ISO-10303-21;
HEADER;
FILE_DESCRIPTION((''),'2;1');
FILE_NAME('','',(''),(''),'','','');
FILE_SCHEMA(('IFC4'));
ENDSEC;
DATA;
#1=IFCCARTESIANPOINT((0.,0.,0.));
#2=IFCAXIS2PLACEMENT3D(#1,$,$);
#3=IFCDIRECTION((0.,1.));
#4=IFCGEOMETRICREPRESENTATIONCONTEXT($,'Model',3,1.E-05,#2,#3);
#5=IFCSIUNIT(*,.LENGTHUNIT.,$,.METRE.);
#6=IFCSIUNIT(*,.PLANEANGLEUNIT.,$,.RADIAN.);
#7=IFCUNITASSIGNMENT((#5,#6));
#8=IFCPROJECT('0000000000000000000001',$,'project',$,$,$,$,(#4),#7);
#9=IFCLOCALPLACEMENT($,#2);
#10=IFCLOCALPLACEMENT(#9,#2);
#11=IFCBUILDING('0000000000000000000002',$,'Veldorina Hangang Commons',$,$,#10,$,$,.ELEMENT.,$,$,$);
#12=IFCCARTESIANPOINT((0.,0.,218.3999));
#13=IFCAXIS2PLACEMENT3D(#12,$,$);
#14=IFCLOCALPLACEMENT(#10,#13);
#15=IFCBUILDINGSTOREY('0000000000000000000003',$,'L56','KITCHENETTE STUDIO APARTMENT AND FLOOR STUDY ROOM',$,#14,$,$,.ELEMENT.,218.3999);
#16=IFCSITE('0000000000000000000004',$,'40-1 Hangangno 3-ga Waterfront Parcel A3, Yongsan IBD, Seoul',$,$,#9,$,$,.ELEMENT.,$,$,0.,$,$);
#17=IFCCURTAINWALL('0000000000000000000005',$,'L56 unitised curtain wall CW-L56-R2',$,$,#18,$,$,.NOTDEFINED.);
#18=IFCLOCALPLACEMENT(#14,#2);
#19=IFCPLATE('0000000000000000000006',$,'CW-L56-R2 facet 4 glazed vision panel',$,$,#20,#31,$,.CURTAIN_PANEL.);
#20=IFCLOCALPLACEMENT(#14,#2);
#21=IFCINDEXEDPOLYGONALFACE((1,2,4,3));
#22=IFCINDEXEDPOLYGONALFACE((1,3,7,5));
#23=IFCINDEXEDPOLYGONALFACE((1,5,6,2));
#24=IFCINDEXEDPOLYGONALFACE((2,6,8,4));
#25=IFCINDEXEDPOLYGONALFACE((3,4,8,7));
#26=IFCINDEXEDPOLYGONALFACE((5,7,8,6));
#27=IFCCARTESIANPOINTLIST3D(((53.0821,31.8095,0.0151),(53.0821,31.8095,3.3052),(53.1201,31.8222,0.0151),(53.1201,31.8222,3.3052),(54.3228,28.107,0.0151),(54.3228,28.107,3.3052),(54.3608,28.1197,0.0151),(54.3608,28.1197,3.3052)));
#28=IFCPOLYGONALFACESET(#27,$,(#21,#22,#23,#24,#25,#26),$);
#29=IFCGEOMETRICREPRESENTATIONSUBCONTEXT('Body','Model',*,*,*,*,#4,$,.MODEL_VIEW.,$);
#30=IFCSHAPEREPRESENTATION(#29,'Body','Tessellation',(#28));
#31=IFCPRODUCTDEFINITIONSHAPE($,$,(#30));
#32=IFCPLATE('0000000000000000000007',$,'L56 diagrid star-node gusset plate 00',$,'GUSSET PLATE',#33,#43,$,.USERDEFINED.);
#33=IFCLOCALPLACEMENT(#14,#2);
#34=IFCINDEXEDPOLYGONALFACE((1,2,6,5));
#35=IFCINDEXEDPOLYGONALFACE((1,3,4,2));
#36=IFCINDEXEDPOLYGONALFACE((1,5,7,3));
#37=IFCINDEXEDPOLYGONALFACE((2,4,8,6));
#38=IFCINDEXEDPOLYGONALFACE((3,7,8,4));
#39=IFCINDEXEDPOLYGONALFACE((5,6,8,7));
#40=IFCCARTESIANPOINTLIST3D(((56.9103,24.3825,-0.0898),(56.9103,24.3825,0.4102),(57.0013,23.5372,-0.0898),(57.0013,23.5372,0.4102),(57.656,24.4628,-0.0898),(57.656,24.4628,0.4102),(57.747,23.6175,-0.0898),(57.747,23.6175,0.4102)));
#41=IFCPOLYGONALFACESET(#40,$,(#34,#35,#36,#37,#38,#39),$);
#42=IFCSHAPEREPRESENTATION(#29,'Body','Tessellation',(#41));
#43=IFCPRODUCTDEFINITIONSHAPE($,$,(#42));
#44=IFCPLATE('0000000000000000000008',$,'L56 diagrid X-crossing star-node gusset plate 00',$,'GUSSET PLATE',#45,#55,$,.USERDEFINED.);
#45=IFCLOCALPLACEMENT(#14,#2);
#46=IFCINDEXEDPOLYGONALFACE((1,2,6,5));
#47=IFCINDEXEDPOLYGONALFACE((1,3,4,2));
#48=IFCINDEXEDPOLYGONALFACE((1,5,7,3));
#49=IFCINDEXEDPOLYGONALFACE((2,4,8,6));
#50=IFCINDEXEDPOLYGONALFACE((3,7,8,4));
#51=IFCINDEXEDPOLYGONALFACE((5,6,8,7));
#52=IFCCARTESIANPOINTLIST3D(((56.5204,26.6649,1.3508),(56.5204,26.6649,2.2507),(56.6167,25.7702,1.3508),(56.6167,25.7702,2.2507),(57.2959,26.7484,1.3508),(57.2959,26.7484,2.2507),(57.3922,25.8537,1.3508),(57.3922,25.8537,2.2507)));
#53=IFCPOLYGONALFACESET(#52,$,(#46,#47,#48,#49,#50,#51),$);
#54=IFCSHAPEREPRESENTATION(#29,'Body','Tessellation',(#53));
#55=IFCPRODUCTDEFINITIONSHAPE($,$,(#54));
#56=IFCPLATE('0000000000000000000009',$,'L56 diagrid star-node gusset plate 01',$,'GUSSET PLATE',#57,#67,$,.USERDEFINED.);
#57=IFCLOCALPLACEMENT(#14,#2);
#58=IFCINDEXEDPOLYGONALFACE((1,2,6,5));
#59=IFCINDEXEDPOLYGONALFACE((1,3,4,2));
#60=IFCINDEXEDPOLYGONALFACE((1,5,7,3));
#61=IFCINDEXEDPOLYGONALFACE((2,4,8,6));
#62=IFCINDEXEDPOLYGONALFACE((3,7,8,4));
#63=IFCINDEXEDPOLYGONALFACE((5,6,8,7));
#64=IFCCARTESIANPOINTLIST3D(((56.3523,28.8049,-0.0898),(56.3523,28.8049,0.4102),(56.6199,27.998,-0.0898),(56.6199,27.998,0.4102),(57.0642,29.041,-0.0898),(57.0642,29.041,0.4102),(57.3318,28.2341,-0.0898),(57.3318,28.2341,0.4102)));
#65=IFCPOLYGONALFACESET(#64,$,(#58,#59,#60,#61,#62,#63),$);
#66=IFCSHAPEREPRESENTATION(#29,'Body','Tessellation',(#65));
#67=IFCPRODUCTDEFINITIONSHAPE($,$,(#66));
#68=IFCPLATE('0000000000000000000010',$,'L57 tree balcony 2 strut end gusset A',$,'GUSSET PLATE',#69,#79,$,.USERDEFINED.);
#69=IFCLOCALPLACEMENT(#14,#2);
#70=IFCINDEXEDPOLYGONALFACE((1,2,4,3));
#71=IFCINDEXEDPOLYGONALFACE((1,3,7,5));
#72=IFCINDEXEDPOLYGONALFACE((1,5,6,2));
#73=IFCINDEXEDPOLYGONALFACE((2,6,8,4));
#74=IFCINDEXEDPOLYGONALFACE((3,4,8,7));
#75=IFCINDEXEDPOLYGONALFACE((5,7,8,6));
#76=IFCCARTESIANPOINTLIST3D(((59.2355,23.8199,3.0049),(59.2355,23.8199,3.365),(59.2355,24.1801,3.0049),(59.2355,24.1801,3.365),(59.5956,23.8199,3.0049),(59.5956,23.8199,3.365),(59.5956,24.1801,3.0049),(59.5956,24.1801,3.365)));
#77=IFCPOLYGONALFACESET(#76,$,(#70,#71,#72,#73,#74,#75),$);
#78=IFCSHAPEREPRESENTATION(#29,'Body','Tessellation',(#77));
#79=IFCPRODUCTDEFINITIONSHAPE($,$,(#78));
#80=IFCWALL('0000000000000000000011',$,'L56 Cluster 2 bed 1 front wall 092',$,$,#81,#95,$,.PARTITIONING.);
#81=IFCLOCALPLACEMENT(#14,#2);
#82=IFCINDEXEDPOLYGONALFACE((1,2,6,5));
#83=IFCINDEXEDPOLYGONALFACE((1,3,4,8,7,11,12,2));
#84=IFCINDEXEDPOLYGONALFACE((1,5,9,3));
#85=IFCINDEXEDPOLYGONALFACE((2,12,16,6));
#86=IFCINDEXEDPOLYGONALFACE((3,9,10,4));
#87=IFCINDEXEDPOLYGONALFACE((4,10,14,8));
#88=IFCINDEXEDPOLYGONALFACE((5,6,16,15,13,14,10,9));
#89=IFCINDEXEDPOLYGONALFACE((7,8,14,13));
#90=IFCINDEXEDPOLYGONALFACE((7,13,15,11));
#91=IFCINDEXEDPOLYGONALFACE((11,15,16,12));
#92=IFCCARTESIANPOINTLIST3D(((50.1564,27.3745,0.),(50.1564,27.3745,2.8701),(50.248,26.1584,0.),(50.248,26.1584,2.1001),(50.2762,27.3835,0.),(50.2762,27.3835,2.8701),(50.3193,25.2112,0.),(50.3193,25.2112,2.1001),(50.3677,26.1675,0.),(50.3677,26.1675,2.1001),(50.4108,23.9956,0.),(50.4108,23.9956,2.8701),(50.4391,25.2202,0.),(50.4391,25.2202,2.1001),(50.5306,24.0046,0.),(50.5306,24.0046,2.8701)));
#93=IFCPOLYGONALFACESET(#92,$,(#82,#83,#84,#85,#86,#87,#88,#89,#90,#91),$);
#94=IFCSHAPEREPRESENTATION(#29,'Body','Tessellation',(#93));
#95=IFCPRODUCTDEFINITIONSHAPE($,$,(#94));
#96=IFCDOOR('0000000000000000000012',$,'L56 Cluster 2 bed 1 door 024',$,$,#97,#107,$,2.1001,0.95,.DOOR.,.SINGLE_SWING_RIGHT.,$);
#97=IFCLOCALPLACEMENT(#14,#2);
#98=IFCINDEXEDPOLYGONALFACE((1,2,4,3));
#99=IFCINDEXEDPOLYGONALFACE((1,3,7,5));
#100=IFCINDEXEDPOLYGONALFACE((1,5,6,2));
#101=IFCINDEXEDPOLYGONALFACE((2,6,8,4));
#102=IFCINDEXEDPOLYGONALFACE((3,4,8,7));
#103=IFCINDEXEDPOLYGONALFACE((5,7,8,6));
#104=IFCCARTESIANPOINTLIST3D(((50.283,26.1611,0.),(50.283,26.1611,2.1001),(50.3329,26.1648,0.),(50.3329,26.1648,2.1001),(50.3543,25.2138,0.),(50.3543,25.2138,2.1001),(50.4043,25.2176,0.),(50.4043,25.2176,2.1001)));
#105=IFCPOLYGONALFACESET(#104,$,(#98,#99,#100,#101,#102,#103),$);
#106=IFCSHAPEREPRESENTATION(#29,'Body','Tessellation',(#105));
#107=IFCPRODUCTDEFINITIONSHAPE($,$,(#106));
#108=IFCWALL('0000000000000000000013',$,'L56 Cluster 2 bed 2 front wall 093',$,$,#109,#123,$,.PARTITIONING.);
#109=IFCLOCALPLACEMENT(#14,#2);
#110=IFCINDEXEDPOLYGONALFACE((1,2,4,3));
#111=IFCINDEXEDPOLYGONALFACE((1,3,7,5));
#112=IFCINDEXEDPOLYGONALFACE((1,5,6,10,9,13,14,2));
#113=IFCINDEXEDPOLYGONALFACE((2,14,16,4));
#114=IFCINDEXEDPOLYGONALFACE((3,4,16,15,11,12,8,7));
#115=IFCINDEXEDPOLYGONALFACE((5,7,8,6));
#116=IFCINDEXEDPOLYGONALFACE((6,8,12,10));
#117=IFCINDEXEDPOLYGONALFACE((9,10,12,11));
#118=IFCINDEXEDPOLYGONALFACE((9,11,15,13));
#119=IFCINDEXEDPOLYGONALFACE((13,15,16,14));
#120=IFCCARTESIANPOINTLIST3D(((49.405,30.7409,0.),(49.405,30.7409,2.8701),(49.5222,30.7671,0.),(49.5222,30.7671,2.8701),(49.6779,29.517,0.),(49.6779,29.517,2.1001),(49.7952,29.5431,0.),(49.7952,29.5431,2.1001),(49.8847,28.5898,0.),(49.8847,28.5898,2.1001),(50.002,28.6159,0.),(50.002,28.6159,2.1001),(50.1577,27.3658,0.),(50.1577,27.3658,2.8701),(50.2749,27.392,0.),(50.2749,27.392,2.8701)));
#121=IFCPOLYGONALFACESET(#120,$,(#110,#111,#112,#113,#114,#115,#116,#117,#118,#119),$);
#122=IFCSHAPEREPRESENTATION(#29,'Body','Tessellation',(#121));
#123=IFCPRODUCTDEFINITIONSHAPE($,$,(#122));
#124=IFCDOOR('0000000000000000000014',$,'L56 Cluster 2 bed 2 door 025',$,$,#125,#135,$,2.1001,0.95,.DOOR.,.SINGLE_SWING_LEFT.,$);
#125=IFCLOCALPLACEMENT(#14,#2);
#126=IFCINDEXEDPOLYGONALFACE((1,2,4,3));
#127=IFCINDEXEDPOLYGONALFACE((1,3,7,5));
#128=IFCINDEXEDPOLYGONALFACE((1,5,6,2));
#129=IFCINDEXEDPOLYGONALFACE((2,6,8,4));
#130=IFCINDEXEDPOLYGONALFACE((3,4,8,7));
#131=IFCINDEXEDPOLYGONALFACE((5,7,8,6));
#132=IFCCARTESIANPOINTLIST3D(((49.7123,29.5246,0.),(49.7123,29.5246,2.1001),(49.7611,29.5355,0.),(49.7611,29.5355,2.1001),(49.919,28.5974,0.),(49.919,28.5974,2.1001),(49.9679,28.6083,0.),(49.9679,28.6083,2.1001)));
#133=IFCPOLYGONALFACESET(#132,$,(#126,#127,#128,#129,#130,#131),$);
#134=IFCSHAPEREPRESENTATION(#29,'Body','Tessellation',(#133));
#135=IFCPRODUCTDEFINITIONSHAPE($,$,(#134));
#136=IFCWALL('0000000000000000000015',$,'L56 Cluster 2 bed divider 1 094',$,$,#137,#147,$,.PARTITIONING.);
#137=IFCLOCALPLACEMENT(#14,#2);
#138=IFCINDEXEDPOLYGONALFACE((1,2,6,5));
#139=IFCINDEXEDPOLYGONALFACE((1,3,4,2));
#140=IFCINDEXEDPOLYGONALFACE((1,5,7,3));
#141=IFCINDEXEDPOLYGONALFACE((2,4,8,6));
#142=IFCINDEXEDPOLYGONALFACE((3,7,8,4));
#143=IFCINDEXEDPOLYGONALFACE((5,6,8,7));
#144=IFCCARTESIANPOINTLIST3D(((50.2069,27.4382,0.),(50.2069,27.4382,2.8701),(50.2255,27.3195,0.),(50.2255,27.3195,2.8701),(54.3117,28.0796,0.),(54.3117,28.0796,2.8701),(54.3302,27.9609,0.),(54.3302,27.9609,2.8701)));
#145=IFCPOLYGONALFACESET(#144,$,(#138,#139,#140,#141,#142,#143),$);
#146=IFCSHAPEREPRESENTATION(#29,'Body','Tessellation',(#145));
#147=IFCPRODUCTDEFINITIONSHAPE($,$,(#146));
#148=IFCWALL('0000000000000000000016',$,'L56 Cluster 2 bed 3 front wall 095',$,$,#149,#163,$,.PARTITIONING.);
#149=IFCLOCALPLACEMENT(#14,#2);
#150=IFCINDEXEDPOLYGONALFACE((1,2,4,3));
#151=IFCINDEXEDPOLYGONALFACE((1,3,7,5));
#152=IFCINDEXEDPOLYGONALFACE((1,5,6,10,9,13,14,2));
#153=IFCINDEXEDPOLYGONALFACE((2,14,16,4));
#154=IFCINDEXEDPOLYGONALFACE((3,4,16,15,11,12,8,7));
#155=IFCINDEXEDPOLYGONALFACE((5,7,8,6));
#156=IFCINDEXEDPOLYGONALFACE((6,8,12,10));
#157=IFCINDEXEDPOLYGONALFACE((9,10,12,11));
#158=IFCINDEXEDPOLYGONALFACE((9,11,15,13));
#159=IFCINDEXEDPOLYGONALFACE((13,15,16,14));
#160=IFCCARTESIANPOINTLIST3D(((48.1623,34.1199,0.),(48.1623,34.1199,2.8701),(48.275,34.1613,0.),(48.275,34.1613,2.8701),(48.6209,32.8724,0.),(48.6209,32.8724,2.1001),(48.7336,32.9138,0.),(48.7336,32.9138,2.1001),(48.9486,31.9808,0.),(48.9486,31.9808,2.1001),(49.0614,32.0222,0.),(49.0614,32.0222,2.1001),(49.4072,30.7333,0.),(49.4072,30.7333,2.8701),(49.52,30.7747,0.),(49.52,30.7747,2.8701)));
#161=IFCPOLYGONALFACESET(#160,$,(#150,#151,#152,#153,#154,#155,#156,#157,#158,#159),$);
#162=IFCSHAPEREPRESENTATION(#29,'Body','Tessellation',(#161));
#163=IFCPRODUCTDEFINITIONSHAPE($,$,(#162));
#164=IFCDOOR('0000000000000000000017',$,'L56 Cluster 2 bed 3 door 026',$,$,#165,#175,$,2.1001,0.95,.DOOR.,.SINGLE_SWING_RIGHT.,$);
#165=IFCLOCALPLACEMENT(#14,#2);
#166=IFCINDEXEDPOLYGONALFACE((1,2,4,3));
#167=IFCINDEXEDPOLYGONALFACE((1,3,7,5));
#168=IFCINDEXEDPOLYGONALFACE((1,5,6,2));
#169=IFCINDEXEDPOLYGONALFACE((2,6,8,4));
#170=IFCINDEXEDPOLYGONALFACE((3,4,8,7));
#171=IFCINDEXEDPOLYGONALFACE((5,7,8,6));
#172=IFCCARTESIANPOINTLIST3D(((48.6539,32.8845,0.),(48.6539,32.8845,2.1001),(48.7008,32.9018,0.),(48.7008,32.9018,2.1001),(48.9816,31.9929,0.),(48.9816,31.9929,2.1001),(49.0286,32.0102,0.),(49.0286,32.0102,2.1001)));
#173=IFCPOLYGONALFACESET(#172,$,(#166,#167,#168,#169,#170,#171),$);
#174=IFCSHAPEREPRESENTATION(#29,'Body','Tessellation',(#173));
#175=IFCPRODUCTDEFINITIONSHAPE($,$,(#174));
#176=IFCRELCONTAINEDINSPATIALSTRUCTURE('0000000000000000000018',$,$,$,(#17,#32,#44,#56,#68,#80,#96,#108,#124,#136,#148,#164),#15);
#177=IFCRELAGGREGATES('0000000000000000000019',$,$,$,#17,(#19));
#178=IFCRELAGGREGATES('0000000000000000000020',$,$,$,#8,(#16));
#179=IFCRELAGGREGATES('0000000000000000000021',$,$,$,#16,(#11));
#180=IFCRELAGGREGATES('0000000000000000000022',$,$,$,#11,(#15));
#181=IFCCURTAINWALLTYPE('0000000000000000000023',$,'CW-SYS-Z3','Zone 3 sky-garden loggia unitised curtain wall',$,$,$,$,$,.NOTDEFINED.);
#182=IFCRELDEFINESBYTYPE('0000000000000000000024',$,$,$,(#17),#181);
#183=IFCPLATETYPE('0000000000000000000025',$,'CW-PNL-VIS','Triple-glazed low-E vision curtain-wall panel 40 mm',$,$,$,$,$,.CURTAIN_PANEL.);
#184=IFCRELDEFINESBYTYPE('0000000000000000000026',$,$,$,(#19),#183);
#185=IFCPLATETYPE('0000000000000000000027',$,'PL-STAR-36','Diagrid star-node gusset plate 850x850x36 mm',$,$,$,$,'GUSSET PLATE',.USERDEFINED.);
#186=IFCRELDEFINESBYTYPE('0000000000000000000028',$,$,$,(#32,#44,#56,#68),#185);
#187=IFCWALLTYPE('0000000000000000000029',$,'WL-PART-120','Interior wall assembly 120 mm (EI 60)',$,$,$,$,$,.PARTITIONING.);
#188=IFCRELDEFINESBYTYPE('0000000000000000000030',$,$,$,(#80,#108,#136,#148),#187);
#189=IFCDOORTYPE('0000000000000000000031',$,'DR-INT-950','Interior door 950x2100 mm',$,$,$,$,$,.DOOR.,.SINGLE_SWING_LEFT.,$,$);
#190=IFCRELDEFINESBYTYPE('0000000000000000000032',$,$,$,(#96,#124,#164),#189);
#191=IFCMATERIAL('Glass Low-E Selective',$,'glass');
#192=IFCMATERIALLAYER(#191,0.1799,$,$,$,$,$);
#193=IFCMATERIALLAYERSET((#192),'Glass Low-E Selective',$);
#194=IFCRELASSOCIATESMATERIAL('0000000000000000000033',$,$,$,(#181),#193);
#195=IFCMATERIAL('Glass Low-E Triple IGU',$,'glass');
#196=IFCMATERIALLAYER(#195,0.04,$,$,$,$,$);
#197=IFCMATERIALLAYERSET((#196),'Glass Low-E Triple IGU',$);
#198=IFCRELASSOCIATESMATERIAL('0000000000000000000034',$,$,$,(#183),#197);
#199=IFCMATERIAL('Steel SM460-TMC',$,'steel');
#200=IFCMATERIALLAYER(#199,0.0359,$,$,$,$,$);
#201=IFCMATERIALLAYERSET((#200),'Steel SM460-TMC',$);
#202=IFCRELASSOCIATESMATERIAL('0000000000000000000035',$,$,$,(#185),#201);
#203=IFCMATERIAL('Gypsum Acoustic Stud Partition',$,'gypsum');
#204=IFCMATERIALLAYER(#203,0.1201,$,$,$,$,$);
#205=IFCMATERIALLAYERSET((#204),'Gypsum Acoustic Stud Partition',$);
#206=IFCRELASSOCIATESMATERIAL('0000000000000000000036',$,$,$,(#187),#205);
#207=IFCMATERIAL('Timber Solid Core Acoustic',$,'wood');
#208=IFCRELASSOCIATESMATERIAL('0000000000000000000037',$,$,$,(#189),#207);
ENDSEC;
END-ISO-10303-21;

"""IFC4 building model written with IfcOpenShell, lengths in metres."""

from ifc_helpers import new_model, si_unit, direction, frame, frame_2d, origin, origin_2d, place, context, subcontext, project, spatial, rectangle, extrude, material, layer, layer_set, type_object, element, fill, aggregate, save


model = new_model("IFC4")

# Units and contexts
model_context = context("Model", 3, precision=1e-05, world=origin(), true_north=direction((0.0, 1.0)))
body_context = subcontext(model_context, "Body", "Model", "MODEL_VIEW")
ifc_project = project(units=[si_unit("LENGTHUNIT", "METRE"), si_unit("PLANEANGLEUNIT", "RADIAN")], contexts=[model_context])

# Site, building, storey
site_placement = place(None, origin())
site = spatial("IfcSite", under=ifc_project, at=site_placement, Name="40-1 Hangangno 3-ga Waterfront Parcel A3, Yongsan IBD, Seoul", CompositionType="ELEMENT", RefElevation=0.0)
building_placement = place(site_placement, origin())
building = spatial("IfcBuilding", under=site, at=building_placement, Name="Veldorina Hangang Commons", CompositionType="ELEMENT")
storey_placement = place(building_placement, frame((0.0, 0.0, 218.3999)))
storey = spatial("IfcBuildingStorey", under=building, at=storey_placement, Name="L56", Description="KITCHENETTE STUDIO APARTMENT AND FLOOR STUDY ROOM", CompositionType="ELEMENT", Elevation=218.3999)

# Curtain wall
ifc_material_1 = material(Name="Glass Low-E Selective", Category="glass")
ifc_layer_1 = layer(ifc_material_1, 0.1799)
ifc_layer_set_1 = layer_set([ifc_layer_1], Name="Glass Low-E Selective")
curtain_wall_type = type_object("IfcCurtainWallType", Name="CW-SYS-Z3", Description="Zone 3 sky-garden loggia unitised curtain wall", PredefinedType="NOTDEFINED", material=ifc_layer_set_1)
curtain_wall_placement = place(storey_placement, origin())
curtain_wall = element("IfcCurtainWall", 1, at=curtain_wall_placement, inside=storey, type_object=curtain_wall_type, Name="L56 unitised curtain wall CW-L56-R2", PredefinedType="NOTDEFINED")

# Plate
ifc_material_2 = material(Name="Glass Low-E Triple IGU", Category="glass")
ifc_layer_2 = layer(ifc_material_2, 0.04)
ifc_layer_set_2 = layer_set([ifc_layer_2], Name="Glass Low-E Triple IGU")
plate_type_1 = type_object("IfcPlateType", Name="CW-PNL-VIS", Description="Triple-glazed low-E vision curtain-wall panel 40 mm", PredefinedType="CURTAIN_PANEL", material=ifc_layer_set_2)
plate_1_placement = place(storey_placement, frame((53.7214, 29.9646, 0.0151), z_axis=(0.0, 0.0, 1.0), x_axis=(-0.317735, 0.94818, 0.0)))
plate_1 = element("IfcPlate", 2, at=plate_1_placement, type_object=plate_type_1, Name="CW-L56-R2 facet 4 glazed vision panel", PredefinedType="CURTAIN_PANEL", context=body_context, shape_type="SweptSolid", body=[
    extrude(rectangle(XDim=3.9048, YDim=0.04, at=origin_2d()), origin(), (0.0, 0.0, 1.0), 3.29),
])
aggregate(curtain_wall, [plate_1])

# Plates
ifc_material_3 = material(Name="Steel SM460-TMC", Category="steel")
ifc_layer_3 = layer(ifc_material_3, 0.0359)
ifc_layer_set_3 = layer_set([ifc_layer_3], Name="Steel SM460-TMC")
plate_type_2 = type_object("IfcPlateType", Name="PL-STAR-36", Description="Diagrid star-node gusset plate 850x850x36 mm", ElementType="GUSSET PLATE", PredefinedType="USERDEFINED", material=ifc_layer_set_3)
plate_2_placement = place(storey_placement, frame((57.3286, 24.0, -0.0898), z_axis=(0.0, 0.0, 1.0), x_axis=(-0.107062, 0.994252, 0.0)))
element("IfcPlate", 3, at=plate_2_placement, inside=storey, type_object=plate_type_2, Name="L56 diagrid star-node gusset plate 00", ObjectType="GUSSET PLATE", PredefinedType="USERDEFINED", context=body_context, shape_type="SweptSolid", body=[
    extrude(rectangle(XDim=0.8501, YDim=0.75, at=origin_2d()), origin(), (0.0, 0.0, 1.0), 0.5),
])
plate_3_placement = place(storey_placement, frame((56.9563, 26.2593, 1.3508), z_axis=(0.0, 0.0, 1.0), x_axis=(-0.107062, 0.994252, 0.0)))
element("IfcPlate", 4, at=plate_3_placement, inside=storey, type_object=plate_type_2, Name="L56 diagrid X-crossing star-node gusset plate 00", ObjectType="GUSSET PLATE", PredefinedType="USERDEFINED", context=body_context, shape_type="SweptSolid", body=[
    extrude(rectangle(XDim=0.8999, YDim=0.78, at=origin_2d()), origin(), (0.0, 0.0, 1.0), 0.8999),
])
plate_4_placement = place(storey_placement, frame((56.842, 28.5195, -0.0898), z_axis=(0.0, 0.0, 1.0), x_axis=(-0.314788, 0.949162, 0.0)))
element("IfcPlate", 5, at=plate_4_placement, inside=storey, type_object=plate_type_2, Name="L56 diagrid star-node gusset plate 01", ObjectType="GUSSET PLATE", PredefinedType="USERDEFINED", context=body_context, shape_type="SweptSolid", body=[
    extrude(rectangle(XDim=0.8501, YDim=0.75, at=origin_2d()), origin(), (0.0, 0.0, 1.0), 0.5),
])
plate_5_placement = place(storey_placement, frame((59.4155, 24.0, 3.0049), z_axis=(0.0, 0.0, 1.0), x_axis=(1.0, 0.0, 0.0)))
element("IfcPlate", 6, at=plate_5_placement, inside=storey, type_object=plate_type_2, Name="L57 tree balcony 2 strut end gusset A", ObjectType="GUSSET PLATE", PredefinedType="USERDEFINED", context=body_context, shape_type="SweptSolid", body=[
    extrude(rectangle(XDim=0.3601, YDim=0.3601, at=origin_2d()), origin(), (0.0, 0.0, 1.0), 0.3601),
])

# Walls, openings, doors
ifc_material_4 = material(Name="Gypsum Acoustic Stud Partition", Category="gypsum")
ifc_layer_4 = layer(ifc_material_4, 0.1201)
ifc_layer_set_4 = layer_set([ifc_layer_4], Name="Gypsum Acoustic Stud Partition")
wall_type = type_object("IfcWallType", Name="WL-PART-120", Description="Interior wall assembly 120 mm (EI 60)", PredefinedType="PARTITIONING", material=ifc_layer_set_4)
wall_1_placement = place(storey_placement, frame((50.4707, 24.0, 0.0), z_axis=(0.0, 0.0, 1.0), x_axis=(-0.075077, 0.997178, 0.0)))
wall_1 = element("IfcWall", 7, at=wall_1_placement, inside=storey, type_object=wall_type, Name="L56 Cluster 2 bed 1 front wall 092", PredefinedType="PARTITIONING", context=body_context, shape_type="SweptSolid", body=[
    extrude(rectangle(XDim=3.3884, YDim=0.1201, at=frame_2d((1.6943, 0.0))), origin(), (0.0, 0.0, 1.0), 2.8701),
])
opening_1_placement = place(wall_1_placement, frame((1.219, 0.0, 0.0)))
opening_1 = element("IfcOpeningElement", 8, at=opening_1_placement, cuts=wall_1, PredefinedType="OPENING", context=body_context, shape_type="SweptSolid", body=[
    extrude(rectangle(XDim=0.95, YDim=2.1001, at=frame_2d((0.4751, 1.05))), frame((0.0, 0.0701, 0.0), z_axis=(0.0, -1.0, 0.0), x_axis=(1.0, 0.0, 0.0)), (0.0, 0.0, 1.0), 0.1401),
])
ifc_material_5 = material(Name="Timber Solid Core Acoustic", Category="wood")
door_type = type_object("IfcDoorType", Name="DR-INT-950", Description="Interior door 950x2100 mm", OperationType="SINGLE_SWING_LEFT", PredefinedType="DOOR", material=ifc_material_5)
door_1_placement = place(opening_1_placement, origin())
door_1 = element("IfcDoor", 9, at=door_1_placement, inside=storey, type_object=door_type, Name="L56 Cluster 2 bed 1 door 024", OperationType="SINGLE_SWING_RIGHT", OverallHeight=2.1001, OverallWidth=0.95, PredefinedType="DOOR", context=body_context, shape_type="SweptSolid", body=[
    extrude(rectangle(XDim=0.95, YDim=2.1001, at=frame_2d((0.4751, 1.05))), frame((0.0, 0.0249, 0.0), z_axis=(0.0, -1.0, 0.0), x_axis=(1.0, 0.0, 0.0)), (0.0, 0.0, 1.0), 0.05),
])
fill(opening_1, door_1)
wall_2_placement = place(storey_placement, frame((50.2163, 27.3789, 0.0), z_axis=(0.0, 0.0, 1.0), x_axis=(-0.21767, 0.976022, 0.0)))
wall_2 = element("IfcWall", 10, at=wall_2_placement, inside=storey, type_object=wall_type, Name="L56 Cluster 2 bed 2 front wall 093", PredefinedType="PARTITIONING", context=body_context, shape_type="SweptSolid", body=[
    extrude(rectangle(XDim=3.458, YDim=0.1201, at=frame_2d((1.729, 0.0))), origin(), (0.0, 0.0, 1.0), 2.8701),
])
opening_2_placement = place(wall_2_placement, frame((1.2539, 0.0, 0.0)))
opening_2 = element("IfcOpeningElement", 11, at=opening_2_placement, cuts=wall_2, PredefinedType="OPENING", context=body_context, shape_type="SweptSolid", body=[
    extrude(rectangle(XDim=0.95, YDim=2.1001, at=frame_2d((0.4751, 1.05))), frame((0.0, 0.0701, 0.0), z_axis=(0.0, -1.0, 0.0), x_axis=(1.0, 0.0, 0.0)), (0.0, 0.0, 1.0), 0.1401),
])
door_2_placement = place(opening_2_placement, origin())
door_2 = element("IfcDoor", 12, at=door_2_placement, inside=storey, type_object=door_type, Name="L56 Cluster 2 bed 2 door 025", OperationType="SINGLE_SWING_LEFT", OverallHeight=2.1001, OverallWidth=0.95, PredefinedType="DOOR", context=body_context, shape_type="SweptSolid", body=[
    extrude(rectangle(XDim=0.95, YDim=2.1001, at=frame_2d((0.4751, 1.05))), frame((0.0, 0.0249, 0.0), z_axis=(0.0, -1.0, 0.0), x_axis=(1.0, 0.0, 0.0)), (0.0, 0.0, 1.0), 0.05),
])
fill(opening_2, door_2)

# Wall
wall_3_placement = place(storey_placement, frame((50.2163, 27.3789, 0.0), z_axis=(0.0, 0.0, 1.0), x_axis=(0.988012, 0.154375, 0.0)))
element("IfcWall", 13, at=wall_3_placement, inside=storey, type_object=wall_type, Name="L56 Cluster 2 bed divider 1 094", PredefinedType="PARTITIONING", context=body_context, shape_type="SweptSolid", body=[
    extrude(rectangle(XDim=4.1545, YDim=0.1201, at=frame_2d((2.0771, 0.0))), origin(), (0.0, 0.0, 1.0), 2.8701),
])

# Wall, opening, door
wall_4_placement = place(storey_placement, frame((49.4636, 30.7539, 0.0), z_axis=(0.0, 0.0, 1.0), x_axis=(-0.345028, 0.938592, 0.0)))
wall_4 = element("IfcWall", 14, at=wall_4_placement, inside=storey, type_object=wall_type, Name="L56 Cluster 2 bed 3 front wall 095", PredefinedType="PARTITIONING", context=body_context, shape_type="SweptSolid", body=[
    extrude(rectangle(XDim=3.6082, YDim=0.1201, at=frame_2d((1.8042, 0.0))), origin(), (0.0, 0.0, 1.0), 2.8701),
])
opening_3_placement = place(wall_4_placement, frame((1.3291, 0.0, 0.0)))
opening_3 = element("IfcOpeningElement", 15, at=opening_3_placement, cuts=wall_4, PredefinedType="OPENING", context=body_context, shape_type="SweptSolid", body=[
    extrude(rectangle(XDim=0.95, YDim=2.1001, at=frame_2d((0.4751, 1.05))), frame((0.0, 0.0701, 0.0), z_axis=(0.0, -1.0, 0.0), x_axis=(1.0, 0.0, 0.0)), (0.0, 0.0, 1.0), 0.1401),
])
door_3_placement = place(opening_3_placement, origin())
door_3 = element("IfcDoor", 16, at=door_3_placement, inside=storey, type_object=door_type, Name="L56 Cluster 2 bed 3 door 026", OperationType="SINGLE_SWING_RIGHT", OverallHeight=2.1001, OverallWidth=0.95, PredefinedType="DOOR", context=body_context, shape_type="SweptSolid", body=[
    extrude(rectangle(XDim=0.95, YDim=2.1001, at=frame_2d((0.4751, 1.05))), frame((0.0, 0.0249, 0.0), z_axis=(0.0, -1.0, 0.0), x_axis=(1.0, 0.0, 0.0)), (0.0, 0.0, 1.0), 0.05),
])
fill(opening_3, door_3)

save(model, "model.ifc")
